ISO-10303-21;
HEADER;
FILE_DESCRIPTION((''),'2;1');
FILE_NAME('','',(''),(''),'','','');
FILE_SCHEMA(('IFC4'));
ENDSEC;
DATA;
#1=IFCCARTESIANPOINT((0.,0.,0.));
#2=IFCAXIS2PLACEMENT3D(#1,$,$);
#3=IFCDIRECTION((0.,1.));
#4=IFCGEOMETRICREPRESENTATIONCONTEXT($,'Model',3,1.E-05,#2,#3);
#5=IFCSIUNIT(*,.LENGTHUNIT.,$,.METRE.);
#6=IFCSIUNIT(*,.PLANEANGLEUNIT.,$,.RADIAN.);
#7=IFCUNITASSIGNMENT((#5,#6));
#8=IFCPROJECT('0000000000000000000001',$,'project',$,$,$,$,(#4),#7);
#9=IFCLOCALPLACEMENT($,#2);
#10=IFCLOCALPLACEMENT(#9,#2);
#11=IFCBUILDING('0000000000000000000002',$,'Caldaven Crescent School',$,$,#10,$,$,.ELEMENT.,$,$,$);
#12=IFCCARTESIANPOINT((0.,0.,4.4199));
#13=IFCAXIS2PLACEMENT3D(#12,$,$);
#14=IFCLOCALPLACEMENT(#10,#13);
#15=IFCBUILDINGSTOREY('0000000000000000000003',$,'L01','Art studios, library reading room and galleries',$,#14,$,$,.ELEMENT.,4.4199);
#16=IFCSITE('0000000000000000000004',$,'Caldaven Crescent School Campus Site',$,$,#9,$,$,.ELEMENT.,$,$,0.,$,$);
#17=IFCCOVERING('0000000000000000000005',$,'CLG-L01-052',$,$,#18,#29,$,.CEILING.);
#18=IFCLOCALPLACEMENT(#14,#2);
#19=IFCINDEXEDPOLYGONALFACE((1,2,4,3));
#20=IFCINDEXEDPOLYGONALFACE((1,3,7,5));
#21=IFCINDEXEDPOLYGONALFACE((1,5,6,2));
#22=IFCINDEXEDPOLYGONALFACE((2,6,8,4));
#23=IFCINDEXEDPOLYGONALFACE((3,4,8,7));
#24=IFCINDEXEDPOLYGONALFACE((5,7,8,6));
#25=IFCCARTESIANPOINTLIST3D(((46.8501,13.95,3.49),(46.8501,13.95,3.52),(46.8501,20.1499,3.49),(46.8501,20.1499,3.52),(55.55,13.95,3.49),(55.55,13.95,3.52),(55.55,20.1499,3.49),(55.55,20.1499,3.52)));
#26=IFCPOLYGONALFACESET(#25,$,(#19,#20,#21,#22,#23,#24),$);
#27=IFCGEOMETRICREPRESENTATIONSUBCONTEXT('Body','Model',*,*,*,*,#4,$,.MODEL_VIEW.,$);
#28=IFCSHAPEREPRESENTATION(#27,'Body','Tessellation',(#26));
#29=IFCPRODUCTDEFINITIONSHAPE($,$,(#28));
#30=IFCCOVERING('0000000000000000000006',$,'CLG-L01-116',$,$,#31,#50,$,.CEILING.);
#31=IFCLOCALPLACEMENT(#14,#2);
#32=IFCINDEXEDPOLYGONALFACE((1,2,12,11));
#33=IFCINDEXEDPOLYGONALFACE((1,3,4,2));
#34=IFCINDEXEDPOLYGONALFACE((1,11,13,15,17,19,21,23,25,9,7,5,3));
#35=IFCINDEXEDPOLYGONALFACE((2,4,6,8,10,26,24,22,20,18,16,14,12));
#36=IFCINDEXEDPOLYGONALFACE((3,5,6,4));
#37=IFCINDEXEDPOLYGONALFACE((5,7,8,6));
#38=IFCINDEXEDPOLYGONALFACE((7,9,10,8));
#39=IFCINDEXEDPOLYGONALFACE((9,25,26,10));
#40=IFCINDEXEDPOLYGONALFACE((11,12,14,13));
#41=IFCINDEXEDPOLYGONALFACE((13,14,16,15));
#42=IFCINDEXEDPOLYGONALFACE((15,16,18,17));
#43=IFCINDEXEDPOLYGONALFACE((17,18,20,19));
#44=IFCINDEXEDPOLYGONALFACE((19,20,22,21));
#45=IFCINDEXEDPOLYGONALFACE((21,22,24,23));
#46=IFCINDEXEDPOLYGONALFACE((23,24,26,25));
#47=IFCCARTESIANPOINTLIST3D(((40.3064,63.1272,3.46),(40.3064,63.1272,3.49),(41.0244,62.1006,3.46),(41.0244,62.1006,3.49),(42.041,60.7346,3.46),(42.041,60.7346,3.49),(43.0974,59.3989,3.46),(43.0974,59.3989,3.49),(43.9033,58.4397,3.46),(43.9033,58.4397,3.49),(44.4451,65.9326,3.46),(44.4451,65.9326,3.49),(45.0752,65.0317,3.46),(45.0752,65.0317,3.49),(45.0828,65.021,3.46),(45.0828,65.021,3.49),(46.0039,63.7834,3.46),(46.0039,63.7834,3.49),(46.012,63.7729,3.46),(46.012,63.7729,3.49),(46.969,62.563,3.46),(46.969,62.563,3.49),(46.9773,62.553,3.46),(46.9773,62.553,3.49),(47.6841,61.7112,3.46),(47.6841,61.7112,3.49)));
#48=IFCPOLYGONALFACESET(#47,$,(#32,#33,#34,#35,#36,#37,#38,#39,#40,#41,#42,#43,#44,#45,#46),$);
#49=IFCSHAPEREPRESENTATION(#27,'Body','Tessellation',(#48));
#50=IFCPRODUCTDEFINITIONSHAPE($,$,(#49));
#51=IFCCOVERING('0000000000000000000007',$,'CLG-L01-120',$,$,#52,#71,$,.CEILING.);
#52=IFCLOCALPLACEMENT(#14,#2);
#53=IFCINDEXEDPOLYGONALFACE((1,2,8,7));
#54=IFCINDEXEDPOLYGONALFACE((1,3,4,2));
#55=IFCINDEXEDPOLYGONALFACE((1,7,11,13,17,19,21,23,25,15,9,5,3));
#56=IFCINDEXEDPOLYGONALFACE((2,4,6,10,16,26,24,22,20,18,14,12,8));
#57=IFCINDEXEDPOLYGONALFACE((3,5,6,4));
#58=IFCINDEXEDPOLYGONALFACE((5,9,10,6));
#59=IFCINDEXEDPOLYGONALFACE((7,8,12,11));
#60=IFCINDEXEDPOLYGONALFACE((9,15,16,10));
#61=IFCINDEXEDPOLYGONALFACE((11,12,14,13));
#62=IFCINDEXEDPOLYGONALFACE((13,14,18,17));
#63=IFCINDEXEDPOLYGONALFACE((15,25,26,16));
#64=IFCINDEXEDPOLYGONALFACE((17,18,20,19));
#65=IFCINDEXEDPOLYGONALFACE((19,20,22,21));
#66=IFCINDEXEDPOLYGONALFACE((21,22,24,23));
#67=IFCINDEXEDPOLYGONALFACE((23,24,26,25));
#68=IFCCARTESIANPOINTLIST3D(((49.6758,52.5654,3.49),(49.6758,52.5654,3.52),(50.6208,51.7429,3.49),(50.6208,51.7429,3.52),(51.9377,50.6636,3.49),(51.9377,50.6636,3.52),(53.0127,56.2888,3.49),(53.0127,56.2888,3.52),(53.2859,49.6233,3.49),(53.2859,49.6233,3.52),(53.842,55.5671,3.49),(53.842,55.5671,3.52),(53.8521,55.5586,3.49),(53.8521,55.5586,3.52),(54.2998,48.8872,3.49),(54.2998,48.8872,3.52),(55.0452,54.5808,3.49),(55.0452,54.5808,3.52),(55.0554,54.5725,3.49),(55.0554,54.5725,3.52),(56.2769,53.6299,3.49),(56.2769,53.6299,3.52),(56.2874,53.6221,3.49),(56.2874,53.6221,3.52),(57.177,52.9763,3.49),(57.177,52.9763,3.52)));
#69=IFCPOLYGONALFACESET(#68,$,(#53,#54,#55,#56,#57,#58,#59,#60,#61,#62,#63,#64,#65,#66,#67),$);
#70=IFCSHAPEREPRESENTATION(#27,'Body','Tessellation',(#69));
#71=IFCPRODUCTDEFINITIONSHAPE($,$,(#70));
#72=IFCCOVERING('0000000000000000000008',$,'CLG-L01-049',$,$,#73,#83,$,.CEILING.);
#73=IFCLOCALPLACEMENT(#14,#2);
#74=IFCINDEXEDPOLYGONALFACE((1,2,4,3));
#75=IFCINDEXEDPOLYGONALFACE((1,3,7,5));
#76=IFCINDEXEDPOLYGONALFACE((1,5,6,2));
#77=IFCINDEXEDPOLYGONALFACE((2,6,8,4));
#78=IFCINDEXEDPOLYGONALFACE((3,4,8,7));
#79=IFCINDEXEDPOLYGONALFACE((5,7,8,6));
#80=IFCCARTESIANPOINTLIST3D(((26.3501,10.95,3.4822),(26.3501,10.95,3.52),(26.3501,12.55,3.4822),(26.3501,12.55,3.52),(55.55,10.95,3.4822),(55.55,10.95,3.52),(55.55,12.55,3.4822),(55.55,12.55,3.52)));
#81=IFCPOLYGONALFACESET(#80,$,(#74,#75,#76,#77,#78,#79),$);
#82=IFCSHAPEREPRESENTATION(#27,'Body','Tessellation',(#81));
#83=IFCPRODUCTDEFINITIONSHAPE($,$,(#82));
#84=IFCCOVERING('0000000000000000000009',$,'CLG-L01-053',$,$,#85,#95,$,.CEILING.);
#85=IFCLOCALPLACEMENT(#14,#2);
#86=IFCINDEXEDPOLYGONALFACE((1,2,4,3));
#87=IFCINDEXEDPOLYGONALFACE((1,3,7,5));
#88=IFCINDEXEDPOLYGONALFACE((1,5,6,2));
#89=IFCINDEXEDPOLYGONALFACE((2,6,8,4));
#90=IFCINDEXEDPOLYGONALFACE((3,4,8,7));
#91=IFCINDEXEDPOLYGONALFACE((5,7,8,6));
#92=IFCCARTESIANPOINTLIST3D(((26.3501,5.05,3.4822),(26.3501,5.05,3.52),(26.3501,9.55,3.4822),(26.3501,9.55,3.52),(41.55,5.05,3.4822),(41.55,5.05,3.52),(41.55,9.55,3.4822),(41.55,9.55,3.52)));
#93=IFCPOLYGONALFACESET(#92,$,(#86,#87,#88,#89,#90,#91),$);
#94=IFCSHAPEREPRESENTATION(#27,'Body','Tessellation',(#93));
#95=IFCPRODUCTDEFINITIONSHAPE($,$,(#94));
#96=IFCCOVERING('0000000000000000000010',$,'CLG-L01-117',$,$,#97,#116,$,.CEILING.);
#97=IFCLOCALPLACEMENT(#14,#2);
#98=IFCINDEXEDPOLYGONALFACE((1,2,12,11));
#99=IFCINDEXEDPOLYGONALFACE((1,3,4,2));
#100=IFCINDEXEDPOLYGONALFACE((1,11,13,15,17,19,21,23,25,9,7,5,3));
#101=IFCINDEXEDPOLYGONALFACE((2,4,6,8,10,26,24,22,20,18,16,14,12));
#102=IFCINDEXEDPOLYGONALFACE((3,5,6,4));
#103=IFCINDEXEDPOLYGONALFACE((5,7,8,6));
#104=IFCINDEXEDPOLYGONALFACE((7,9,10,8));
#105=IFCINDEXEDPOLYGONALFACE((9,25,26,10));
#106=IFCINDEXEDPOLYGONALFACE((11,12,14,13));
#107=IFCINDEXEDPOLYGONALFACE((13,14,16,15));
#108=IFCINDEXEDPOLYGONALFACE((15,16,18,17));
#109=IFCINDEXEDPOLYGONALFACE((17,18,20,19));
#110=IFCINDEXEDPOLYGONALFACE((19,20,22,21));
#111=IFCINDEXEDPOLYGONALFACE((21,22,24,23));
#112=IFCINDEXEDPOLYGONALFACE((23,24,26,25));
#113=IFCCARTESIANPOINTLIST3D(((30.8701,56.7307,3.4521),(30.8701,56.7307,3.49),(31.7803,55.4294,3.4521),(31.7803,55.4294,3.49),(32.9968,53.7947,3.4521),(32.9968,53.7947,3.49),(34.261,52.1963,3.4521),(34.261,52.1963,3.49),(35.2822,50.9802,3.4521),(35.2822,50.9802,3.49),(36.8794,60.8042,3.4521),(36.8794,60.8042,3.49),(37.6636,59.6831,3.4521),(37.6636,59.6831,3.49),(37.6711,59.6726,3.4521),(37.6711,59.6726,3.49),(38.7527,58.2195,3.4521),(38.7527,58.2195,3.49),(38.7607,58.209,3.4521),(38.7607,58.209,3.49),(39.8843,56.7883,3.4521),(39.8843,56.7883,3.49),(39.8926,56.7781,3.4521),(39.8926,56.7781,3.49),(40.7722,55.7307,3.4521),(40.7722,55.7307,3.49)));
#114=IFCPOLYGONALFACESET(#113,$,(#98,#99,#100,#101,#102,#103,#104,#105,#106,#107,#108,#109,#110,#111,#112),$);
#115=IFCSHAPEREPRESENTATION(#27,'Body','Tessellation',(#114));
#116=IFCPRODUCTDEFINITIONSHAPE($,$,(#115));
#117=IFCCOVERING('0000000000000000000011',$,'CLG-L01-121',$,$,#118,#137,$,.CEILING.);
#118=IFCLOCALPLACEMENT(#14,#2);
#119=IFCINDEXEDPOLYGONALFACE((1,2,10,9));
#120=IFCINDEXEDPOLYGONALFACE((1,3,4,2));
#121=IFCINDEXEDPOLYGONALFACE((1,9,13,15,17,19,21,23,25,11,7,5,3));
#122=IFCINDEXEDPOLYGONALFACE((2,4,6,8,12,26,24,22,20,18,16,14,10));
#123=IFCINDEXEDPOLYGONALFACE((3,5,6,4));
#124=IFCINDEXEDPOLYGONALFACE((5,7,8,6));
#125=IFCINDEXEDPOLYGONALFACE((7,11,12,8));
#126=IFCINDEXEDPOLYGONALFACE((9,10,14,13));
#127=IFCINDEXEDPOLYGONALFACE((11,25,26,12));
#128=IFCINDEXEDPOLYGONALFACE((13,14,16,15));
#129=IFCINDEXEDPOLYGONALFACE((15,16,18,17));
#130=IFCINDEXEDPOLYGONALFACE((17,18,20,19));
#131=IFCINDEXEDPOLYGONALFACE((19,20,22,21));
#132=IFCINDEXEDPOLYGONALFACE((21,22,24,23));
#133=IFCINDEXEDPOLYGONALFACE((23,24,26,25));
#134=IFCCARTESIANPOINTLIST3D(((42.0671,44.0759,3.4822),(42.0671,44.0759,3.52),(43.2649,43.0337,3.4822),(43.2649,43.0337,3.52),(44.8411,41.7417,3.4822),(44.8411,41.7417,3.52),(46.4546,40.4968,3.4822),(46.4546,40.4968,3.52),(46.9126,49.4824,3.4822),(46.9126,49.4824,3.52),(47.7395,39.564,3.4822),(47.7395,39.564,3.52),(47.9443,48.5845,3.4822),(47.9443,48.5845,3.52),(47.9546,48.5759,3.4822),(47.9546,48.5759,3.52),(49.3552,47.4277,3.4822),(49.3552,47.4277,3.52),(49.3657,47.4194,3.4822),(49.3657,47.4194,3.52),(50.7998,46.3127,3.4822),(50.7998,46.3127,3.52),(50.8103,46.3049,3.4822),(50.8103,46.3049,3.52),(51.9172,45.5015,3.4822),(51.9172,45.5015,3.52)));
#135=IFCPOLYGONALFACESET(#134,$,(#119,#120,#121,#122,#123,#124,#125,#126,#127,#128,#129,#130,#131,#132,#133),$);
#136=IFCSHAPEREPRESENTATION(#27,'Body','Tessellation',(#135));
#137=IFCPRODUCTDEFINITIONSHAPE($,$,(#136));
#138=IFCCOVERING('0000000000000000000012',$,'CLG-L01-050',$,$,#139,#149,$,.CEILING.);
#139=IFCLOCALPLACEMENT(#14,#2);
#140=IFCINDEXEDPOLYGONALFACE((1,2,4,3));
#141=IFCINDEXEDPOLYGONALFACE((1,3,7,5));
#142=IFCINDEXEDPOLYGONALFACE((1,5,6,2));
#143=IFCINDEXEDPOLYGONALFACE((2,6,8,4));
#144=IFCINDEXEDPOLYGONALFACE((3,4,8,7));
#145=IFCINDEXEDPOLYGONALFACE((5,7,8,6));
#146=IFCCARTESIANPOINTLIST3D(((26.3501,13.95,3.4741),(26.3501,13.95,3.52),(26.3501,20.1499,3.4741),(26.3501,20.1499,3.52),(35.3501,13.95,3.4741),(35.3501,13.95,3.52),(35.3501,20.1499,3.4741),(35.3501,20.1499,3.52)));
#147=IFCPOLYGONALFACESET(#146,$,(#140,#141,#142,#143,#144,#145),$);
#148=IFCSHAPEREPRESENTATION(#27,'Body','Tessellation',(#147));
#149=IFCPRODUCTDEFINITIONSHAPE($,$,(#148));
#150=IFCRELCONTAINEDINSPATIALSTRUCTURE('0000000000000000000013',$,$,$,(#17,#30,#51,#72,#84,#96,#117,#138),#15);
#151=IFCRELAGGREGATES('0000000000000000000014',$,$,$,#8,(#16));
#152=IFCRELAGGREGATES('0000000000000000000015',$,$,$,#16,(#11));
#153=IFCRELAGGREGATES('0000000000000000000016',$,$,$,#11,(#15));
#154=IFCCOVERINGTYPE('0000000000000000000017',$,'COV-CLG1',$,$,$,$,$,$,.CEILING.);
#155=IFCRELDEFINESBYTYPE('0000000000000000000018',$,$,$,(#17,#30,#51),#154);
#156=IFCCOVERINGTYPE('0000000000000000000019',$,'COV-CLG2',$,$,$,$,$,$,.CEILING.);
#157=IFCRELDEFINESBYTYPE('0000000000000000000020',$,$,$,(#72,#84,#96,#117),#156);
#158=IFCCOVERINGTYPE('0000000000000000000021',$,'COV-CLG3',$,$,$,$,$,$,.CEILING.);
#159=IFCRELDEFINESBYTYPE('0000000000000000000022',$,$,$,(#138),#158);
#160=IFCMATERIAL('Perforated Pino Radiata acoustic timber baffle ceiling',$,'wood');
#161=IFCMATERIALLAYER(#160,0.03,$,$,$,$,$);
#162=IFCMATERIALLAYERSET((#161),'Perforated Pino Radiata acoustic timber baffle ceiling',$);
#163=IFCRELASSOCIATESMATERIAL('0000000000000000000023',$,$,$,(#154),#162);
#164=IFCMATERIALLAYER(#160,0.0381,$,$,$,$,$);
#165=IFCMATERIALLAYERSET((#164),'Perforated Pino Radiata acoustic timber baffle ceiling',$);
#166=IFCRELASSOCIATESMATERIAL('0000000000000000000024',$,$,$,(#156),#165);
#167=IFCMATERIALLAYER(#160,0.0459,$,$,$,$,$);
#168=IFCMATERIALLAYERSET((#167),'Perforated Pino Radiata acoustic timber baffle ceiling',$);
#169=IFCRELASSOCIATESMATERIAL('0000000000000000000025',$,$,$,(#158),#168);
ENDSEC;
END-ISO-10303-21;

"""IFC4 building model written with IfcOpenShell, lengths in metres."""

from ifc_helpers import new_model, si_unit, direction, frame, origin, place, context, subcontext, project, spatial, polyline, outline, extrude, material, layer, layer_set, type_object, element, save


model = new_model("IFC4")

# Units and contexts
model_context = context("Model", 3, precision=1e-05, world=origin(), true_north=direction((0.0, 1.0)))
body_context = subcontext(model_context, "Body", "Model", "MODEL_VIEW")
ifc_project = project(units=[si_unit("LENGTHUNIT", "METRE"), si_unit("PLANEANGLEUNIT", "RADIAN")], contexts=[model_context])

# Site, building, storey
site_placement = place(None, origin())
site = spatial("IfcSite", under=ifc_project, at=site_placement, Name="Caldaven Crescent School Campus Site", CompositionType="ELEMENT", RefElevation=0.0)
building_placement = place(site_placement, origin())
building = spatial("IfcBuilding", under=site, at=building_placement, Name="Caldaven Crescent School", CompositionType="ELEMENT")
storey_placement = place(building_placement, frame((0.0, 0.0, 4.4199)))
storey = spatial("IfcBuildingStorey", under=building, at=storey_placement, Name="L01", Description="Art studios, library reading room and galleries", CompositionType="ELEMENT", Elevation=4.4199)

# Coverings
ifc_material_1 = material(Name="Perforated Pino Radiata acoustic timber baffle ceiling", Category="wood")
ifc_layer_1 = layer(ifc_material_1, 0.03)
ifc_layer_set_1 = layer_set([ifc_layer_1], Name="Perforated Pino Radiata acoustic timber baffle ceiling")
covering_type_1 = type_object("IfcCoveringType", Name="COV-CLG1", PredefinedType="CEILING", material=ifc_layer_set_1)
covering_1_placement = place(storey_placement, frame((0.0, 0.0, 3.49)))
element("IfcCovering", 1, at=covering_1_placement, inside=storey, type_object=covering_type_1, Name="CLG-L01-052", PredefinedType="CEILING", context=body_context, shape_type="SweptSolid", body=[
    extrude(outline(polyline([(55.55, 20.1499), (55.55, 13.95), (46.8501, 13.95), (46.8501, 20.1499), (55.55, 20.1499)])), origin(), (0.0, 0.0, 1.0), 0.03),
])
covering_2_placement = place(storey_placement, frame((0.0, 0.0, 3.46)))
element("IfcCovering", 2, at=covering_2_placement, inside=storey, type_object=covering_type_1, Name="CLG-L01-116", PredefinedType="CEILING", context=body_context, shape_type="SweptSolid", body=[
    extrude(outline(polyline([(45.0752, 65.0317), (45.0828, 65.021), (46.0039, 63.7834), (46.012, 63.7729), (46.969, 62.563), (46.9773, 62.553), (47.6841, 61.7112), (43.9033, 58.4397), (43.0974, 59.3989), (42.041, 60.7346), (41.0244, 62.1006), (40.3064, 63.1272), (44.4451, 65.9326), (45.0752, 65.0317)])), origin(), (0.0, 0.0, 1.0), 0.03),
])
covering_3_placement = place(storey_placement, frame((0.0, 0.0, 3.49)))
element("IfcCovering", 3, at=covering_3_placement, inside=storey, type_object=covering_type_1, Name="CLG-L01-120", PredefinedType="CEILING", context=body_context, shape_type="SweptSolid", body=[
    extrude(outline(polyline([(53.842, 55.5671), (53.8521, 55.5586), (55.0452, 54.5808), (55.0554, 54.5725), (56.2769, 53.6299), (56.2874, 53.6221), (57.177, 52.9763), (54.2998, 48.8872), (53.2859, 49.6233), (51.9377, 50.6636), (50.6208, 51.7429), (49.6758, 52.5654), (53.0127, 56.2888), (53.842, 55.5671)])), origin(), (0.0, 0.0, 1.0), 0.03),
])
ifc_layer_2 = layer(ifc_material_1, 0.0381)
ifc_layer_set_2 = layer_set([ifc_layer_2], Name="Perforated Pino Radiata acoustic timber baffle ceiling")
covering_type_2 = type_object("IfcCoveringType", Name="COV-CLG2", PredefinedType="CEILING", material=ifc_layer_set_2)
covering_4_placement = place(storey_placement, frame((0.0, 0.0, 3.4822)))
element("IfcCovering", 4, at=covering_4_placement, inside=storey, type_object=covering_type_2, Name="CLG-L01-049", PredefinedType="CEILING", context=body_context, shape_type="SweptSolid", body=[
    extrude(outline(polyline([(55.55, 12.55), (55.55, 10.95), (26.3501, 10.95), (26.3501, 12.55), (55.55, 12.55)])), origin(), (0.0, 0.0, 1.0), 0.0378),
])
covering_5_placement = place(storey_placement, frame((0.0, 0.0, 3.4822)))
element("IfcCovering", 5, at=covering_5_placement, inside=storey, type_object=covering_type_2, Name="CLG-L01-053", PredefinedType="CEILING", context=body_context, shape_type="SweptSolid", body=[
    extrude(outline(polyline([(41.55, 9.55), (41.55, 5.05), (26.3501, 5.05), (26.3501, 9.55), (41.55, 9.55)])), origin(), (0.0, 0.0, 1.0), 0.0378),
])
covering_6_placement = place(storey_placement, frame((0.0, 0.0, 3.4521)))
element("IfcCovering", 6, at=covering_6_placement, inside=storey, type_object=covering_type_2, Name="CLG-L01-117", PredefinedType="CEILING", context=body_context, shape_type="SweptSolid", body=[
    extrude(outline(polyline([(37.6636, 59.6831), (37.6711, 59.6726), (38.7527, 58.2195), (38.7607, 58.209), (39.8843, 56.7883), (39.8926, 56.7781), (40.7722, 55.7307), (35.2822, 50.9802), (34.261, 52.1963), (32.9968, 53.7947), (31.7803, 55.4294), (30.8701, 56.7307), (36.8794, 60.8042), (37.6636, 59.6831)])), origin(), (0.0, 0.0, 1.0), 0.0378),
])
covering_7_placement = place(storey_placement, frame((0.0, 0.0, 3.4822)))
element("IfcCovering", 7, at=covering_7_placement, inside=storey, type_object=covering_type_2, Name="CLG-L01-121", PredefinedType="CEILING", context=body_context, shape_type="SweptSolid", body=[
    extrude(outline(polyline([(47.9443, 48.5845), (47.9546, 48.5759), (49.3552, 47.4277), (49.3657, 47.4194), (50.7998, 46.3127), (50.8103, 46.3049), (51.9172, 45.5015), (47.7395, 39.564), (46.4546, 40.4968), (44.8411, 41.7417), (43.2649, 43.0337), (42.0671, 44.0759), (46.9126, 49.4824), (47.9443, 48.5845)])), origin(), (0.0, 0.0, 1.0), 0.0378),
])
ifc_layer_3 = layer(ifc_material_1, 0.0459)
ifc_layer_set_3 = layer_set([ifc_layer_3], Name="Perforated Pino Radiata acoustic timber baffle ceiling")
covering_type_3 = type_object("IfcCoveringType", Name="COV-CLG3", PredefinedType="CEILING", material=ifc_layer_set_3)
covering_8_placement = place(storey_placement, frame((0.0, 0.0, 3.4741)))
element("IfcCovering", 8, at=covering_8_placement, inside=storey, type_object=covering_type_3, Name="CLG-L01-050", PredefinedType="CEILING", context=body_context, shape_type="SweptSolid", body=[
    extrude(outline(polyline([(35.3501, 20.1499), (35.3501, 13.95), (26.3501, 13.95), (26.3501, 20.1499), (35.3501, 20.1499)])), origin(), (0.0, 0.0, 1.0), 0.0459),
])

save(model, "model.ifc")
